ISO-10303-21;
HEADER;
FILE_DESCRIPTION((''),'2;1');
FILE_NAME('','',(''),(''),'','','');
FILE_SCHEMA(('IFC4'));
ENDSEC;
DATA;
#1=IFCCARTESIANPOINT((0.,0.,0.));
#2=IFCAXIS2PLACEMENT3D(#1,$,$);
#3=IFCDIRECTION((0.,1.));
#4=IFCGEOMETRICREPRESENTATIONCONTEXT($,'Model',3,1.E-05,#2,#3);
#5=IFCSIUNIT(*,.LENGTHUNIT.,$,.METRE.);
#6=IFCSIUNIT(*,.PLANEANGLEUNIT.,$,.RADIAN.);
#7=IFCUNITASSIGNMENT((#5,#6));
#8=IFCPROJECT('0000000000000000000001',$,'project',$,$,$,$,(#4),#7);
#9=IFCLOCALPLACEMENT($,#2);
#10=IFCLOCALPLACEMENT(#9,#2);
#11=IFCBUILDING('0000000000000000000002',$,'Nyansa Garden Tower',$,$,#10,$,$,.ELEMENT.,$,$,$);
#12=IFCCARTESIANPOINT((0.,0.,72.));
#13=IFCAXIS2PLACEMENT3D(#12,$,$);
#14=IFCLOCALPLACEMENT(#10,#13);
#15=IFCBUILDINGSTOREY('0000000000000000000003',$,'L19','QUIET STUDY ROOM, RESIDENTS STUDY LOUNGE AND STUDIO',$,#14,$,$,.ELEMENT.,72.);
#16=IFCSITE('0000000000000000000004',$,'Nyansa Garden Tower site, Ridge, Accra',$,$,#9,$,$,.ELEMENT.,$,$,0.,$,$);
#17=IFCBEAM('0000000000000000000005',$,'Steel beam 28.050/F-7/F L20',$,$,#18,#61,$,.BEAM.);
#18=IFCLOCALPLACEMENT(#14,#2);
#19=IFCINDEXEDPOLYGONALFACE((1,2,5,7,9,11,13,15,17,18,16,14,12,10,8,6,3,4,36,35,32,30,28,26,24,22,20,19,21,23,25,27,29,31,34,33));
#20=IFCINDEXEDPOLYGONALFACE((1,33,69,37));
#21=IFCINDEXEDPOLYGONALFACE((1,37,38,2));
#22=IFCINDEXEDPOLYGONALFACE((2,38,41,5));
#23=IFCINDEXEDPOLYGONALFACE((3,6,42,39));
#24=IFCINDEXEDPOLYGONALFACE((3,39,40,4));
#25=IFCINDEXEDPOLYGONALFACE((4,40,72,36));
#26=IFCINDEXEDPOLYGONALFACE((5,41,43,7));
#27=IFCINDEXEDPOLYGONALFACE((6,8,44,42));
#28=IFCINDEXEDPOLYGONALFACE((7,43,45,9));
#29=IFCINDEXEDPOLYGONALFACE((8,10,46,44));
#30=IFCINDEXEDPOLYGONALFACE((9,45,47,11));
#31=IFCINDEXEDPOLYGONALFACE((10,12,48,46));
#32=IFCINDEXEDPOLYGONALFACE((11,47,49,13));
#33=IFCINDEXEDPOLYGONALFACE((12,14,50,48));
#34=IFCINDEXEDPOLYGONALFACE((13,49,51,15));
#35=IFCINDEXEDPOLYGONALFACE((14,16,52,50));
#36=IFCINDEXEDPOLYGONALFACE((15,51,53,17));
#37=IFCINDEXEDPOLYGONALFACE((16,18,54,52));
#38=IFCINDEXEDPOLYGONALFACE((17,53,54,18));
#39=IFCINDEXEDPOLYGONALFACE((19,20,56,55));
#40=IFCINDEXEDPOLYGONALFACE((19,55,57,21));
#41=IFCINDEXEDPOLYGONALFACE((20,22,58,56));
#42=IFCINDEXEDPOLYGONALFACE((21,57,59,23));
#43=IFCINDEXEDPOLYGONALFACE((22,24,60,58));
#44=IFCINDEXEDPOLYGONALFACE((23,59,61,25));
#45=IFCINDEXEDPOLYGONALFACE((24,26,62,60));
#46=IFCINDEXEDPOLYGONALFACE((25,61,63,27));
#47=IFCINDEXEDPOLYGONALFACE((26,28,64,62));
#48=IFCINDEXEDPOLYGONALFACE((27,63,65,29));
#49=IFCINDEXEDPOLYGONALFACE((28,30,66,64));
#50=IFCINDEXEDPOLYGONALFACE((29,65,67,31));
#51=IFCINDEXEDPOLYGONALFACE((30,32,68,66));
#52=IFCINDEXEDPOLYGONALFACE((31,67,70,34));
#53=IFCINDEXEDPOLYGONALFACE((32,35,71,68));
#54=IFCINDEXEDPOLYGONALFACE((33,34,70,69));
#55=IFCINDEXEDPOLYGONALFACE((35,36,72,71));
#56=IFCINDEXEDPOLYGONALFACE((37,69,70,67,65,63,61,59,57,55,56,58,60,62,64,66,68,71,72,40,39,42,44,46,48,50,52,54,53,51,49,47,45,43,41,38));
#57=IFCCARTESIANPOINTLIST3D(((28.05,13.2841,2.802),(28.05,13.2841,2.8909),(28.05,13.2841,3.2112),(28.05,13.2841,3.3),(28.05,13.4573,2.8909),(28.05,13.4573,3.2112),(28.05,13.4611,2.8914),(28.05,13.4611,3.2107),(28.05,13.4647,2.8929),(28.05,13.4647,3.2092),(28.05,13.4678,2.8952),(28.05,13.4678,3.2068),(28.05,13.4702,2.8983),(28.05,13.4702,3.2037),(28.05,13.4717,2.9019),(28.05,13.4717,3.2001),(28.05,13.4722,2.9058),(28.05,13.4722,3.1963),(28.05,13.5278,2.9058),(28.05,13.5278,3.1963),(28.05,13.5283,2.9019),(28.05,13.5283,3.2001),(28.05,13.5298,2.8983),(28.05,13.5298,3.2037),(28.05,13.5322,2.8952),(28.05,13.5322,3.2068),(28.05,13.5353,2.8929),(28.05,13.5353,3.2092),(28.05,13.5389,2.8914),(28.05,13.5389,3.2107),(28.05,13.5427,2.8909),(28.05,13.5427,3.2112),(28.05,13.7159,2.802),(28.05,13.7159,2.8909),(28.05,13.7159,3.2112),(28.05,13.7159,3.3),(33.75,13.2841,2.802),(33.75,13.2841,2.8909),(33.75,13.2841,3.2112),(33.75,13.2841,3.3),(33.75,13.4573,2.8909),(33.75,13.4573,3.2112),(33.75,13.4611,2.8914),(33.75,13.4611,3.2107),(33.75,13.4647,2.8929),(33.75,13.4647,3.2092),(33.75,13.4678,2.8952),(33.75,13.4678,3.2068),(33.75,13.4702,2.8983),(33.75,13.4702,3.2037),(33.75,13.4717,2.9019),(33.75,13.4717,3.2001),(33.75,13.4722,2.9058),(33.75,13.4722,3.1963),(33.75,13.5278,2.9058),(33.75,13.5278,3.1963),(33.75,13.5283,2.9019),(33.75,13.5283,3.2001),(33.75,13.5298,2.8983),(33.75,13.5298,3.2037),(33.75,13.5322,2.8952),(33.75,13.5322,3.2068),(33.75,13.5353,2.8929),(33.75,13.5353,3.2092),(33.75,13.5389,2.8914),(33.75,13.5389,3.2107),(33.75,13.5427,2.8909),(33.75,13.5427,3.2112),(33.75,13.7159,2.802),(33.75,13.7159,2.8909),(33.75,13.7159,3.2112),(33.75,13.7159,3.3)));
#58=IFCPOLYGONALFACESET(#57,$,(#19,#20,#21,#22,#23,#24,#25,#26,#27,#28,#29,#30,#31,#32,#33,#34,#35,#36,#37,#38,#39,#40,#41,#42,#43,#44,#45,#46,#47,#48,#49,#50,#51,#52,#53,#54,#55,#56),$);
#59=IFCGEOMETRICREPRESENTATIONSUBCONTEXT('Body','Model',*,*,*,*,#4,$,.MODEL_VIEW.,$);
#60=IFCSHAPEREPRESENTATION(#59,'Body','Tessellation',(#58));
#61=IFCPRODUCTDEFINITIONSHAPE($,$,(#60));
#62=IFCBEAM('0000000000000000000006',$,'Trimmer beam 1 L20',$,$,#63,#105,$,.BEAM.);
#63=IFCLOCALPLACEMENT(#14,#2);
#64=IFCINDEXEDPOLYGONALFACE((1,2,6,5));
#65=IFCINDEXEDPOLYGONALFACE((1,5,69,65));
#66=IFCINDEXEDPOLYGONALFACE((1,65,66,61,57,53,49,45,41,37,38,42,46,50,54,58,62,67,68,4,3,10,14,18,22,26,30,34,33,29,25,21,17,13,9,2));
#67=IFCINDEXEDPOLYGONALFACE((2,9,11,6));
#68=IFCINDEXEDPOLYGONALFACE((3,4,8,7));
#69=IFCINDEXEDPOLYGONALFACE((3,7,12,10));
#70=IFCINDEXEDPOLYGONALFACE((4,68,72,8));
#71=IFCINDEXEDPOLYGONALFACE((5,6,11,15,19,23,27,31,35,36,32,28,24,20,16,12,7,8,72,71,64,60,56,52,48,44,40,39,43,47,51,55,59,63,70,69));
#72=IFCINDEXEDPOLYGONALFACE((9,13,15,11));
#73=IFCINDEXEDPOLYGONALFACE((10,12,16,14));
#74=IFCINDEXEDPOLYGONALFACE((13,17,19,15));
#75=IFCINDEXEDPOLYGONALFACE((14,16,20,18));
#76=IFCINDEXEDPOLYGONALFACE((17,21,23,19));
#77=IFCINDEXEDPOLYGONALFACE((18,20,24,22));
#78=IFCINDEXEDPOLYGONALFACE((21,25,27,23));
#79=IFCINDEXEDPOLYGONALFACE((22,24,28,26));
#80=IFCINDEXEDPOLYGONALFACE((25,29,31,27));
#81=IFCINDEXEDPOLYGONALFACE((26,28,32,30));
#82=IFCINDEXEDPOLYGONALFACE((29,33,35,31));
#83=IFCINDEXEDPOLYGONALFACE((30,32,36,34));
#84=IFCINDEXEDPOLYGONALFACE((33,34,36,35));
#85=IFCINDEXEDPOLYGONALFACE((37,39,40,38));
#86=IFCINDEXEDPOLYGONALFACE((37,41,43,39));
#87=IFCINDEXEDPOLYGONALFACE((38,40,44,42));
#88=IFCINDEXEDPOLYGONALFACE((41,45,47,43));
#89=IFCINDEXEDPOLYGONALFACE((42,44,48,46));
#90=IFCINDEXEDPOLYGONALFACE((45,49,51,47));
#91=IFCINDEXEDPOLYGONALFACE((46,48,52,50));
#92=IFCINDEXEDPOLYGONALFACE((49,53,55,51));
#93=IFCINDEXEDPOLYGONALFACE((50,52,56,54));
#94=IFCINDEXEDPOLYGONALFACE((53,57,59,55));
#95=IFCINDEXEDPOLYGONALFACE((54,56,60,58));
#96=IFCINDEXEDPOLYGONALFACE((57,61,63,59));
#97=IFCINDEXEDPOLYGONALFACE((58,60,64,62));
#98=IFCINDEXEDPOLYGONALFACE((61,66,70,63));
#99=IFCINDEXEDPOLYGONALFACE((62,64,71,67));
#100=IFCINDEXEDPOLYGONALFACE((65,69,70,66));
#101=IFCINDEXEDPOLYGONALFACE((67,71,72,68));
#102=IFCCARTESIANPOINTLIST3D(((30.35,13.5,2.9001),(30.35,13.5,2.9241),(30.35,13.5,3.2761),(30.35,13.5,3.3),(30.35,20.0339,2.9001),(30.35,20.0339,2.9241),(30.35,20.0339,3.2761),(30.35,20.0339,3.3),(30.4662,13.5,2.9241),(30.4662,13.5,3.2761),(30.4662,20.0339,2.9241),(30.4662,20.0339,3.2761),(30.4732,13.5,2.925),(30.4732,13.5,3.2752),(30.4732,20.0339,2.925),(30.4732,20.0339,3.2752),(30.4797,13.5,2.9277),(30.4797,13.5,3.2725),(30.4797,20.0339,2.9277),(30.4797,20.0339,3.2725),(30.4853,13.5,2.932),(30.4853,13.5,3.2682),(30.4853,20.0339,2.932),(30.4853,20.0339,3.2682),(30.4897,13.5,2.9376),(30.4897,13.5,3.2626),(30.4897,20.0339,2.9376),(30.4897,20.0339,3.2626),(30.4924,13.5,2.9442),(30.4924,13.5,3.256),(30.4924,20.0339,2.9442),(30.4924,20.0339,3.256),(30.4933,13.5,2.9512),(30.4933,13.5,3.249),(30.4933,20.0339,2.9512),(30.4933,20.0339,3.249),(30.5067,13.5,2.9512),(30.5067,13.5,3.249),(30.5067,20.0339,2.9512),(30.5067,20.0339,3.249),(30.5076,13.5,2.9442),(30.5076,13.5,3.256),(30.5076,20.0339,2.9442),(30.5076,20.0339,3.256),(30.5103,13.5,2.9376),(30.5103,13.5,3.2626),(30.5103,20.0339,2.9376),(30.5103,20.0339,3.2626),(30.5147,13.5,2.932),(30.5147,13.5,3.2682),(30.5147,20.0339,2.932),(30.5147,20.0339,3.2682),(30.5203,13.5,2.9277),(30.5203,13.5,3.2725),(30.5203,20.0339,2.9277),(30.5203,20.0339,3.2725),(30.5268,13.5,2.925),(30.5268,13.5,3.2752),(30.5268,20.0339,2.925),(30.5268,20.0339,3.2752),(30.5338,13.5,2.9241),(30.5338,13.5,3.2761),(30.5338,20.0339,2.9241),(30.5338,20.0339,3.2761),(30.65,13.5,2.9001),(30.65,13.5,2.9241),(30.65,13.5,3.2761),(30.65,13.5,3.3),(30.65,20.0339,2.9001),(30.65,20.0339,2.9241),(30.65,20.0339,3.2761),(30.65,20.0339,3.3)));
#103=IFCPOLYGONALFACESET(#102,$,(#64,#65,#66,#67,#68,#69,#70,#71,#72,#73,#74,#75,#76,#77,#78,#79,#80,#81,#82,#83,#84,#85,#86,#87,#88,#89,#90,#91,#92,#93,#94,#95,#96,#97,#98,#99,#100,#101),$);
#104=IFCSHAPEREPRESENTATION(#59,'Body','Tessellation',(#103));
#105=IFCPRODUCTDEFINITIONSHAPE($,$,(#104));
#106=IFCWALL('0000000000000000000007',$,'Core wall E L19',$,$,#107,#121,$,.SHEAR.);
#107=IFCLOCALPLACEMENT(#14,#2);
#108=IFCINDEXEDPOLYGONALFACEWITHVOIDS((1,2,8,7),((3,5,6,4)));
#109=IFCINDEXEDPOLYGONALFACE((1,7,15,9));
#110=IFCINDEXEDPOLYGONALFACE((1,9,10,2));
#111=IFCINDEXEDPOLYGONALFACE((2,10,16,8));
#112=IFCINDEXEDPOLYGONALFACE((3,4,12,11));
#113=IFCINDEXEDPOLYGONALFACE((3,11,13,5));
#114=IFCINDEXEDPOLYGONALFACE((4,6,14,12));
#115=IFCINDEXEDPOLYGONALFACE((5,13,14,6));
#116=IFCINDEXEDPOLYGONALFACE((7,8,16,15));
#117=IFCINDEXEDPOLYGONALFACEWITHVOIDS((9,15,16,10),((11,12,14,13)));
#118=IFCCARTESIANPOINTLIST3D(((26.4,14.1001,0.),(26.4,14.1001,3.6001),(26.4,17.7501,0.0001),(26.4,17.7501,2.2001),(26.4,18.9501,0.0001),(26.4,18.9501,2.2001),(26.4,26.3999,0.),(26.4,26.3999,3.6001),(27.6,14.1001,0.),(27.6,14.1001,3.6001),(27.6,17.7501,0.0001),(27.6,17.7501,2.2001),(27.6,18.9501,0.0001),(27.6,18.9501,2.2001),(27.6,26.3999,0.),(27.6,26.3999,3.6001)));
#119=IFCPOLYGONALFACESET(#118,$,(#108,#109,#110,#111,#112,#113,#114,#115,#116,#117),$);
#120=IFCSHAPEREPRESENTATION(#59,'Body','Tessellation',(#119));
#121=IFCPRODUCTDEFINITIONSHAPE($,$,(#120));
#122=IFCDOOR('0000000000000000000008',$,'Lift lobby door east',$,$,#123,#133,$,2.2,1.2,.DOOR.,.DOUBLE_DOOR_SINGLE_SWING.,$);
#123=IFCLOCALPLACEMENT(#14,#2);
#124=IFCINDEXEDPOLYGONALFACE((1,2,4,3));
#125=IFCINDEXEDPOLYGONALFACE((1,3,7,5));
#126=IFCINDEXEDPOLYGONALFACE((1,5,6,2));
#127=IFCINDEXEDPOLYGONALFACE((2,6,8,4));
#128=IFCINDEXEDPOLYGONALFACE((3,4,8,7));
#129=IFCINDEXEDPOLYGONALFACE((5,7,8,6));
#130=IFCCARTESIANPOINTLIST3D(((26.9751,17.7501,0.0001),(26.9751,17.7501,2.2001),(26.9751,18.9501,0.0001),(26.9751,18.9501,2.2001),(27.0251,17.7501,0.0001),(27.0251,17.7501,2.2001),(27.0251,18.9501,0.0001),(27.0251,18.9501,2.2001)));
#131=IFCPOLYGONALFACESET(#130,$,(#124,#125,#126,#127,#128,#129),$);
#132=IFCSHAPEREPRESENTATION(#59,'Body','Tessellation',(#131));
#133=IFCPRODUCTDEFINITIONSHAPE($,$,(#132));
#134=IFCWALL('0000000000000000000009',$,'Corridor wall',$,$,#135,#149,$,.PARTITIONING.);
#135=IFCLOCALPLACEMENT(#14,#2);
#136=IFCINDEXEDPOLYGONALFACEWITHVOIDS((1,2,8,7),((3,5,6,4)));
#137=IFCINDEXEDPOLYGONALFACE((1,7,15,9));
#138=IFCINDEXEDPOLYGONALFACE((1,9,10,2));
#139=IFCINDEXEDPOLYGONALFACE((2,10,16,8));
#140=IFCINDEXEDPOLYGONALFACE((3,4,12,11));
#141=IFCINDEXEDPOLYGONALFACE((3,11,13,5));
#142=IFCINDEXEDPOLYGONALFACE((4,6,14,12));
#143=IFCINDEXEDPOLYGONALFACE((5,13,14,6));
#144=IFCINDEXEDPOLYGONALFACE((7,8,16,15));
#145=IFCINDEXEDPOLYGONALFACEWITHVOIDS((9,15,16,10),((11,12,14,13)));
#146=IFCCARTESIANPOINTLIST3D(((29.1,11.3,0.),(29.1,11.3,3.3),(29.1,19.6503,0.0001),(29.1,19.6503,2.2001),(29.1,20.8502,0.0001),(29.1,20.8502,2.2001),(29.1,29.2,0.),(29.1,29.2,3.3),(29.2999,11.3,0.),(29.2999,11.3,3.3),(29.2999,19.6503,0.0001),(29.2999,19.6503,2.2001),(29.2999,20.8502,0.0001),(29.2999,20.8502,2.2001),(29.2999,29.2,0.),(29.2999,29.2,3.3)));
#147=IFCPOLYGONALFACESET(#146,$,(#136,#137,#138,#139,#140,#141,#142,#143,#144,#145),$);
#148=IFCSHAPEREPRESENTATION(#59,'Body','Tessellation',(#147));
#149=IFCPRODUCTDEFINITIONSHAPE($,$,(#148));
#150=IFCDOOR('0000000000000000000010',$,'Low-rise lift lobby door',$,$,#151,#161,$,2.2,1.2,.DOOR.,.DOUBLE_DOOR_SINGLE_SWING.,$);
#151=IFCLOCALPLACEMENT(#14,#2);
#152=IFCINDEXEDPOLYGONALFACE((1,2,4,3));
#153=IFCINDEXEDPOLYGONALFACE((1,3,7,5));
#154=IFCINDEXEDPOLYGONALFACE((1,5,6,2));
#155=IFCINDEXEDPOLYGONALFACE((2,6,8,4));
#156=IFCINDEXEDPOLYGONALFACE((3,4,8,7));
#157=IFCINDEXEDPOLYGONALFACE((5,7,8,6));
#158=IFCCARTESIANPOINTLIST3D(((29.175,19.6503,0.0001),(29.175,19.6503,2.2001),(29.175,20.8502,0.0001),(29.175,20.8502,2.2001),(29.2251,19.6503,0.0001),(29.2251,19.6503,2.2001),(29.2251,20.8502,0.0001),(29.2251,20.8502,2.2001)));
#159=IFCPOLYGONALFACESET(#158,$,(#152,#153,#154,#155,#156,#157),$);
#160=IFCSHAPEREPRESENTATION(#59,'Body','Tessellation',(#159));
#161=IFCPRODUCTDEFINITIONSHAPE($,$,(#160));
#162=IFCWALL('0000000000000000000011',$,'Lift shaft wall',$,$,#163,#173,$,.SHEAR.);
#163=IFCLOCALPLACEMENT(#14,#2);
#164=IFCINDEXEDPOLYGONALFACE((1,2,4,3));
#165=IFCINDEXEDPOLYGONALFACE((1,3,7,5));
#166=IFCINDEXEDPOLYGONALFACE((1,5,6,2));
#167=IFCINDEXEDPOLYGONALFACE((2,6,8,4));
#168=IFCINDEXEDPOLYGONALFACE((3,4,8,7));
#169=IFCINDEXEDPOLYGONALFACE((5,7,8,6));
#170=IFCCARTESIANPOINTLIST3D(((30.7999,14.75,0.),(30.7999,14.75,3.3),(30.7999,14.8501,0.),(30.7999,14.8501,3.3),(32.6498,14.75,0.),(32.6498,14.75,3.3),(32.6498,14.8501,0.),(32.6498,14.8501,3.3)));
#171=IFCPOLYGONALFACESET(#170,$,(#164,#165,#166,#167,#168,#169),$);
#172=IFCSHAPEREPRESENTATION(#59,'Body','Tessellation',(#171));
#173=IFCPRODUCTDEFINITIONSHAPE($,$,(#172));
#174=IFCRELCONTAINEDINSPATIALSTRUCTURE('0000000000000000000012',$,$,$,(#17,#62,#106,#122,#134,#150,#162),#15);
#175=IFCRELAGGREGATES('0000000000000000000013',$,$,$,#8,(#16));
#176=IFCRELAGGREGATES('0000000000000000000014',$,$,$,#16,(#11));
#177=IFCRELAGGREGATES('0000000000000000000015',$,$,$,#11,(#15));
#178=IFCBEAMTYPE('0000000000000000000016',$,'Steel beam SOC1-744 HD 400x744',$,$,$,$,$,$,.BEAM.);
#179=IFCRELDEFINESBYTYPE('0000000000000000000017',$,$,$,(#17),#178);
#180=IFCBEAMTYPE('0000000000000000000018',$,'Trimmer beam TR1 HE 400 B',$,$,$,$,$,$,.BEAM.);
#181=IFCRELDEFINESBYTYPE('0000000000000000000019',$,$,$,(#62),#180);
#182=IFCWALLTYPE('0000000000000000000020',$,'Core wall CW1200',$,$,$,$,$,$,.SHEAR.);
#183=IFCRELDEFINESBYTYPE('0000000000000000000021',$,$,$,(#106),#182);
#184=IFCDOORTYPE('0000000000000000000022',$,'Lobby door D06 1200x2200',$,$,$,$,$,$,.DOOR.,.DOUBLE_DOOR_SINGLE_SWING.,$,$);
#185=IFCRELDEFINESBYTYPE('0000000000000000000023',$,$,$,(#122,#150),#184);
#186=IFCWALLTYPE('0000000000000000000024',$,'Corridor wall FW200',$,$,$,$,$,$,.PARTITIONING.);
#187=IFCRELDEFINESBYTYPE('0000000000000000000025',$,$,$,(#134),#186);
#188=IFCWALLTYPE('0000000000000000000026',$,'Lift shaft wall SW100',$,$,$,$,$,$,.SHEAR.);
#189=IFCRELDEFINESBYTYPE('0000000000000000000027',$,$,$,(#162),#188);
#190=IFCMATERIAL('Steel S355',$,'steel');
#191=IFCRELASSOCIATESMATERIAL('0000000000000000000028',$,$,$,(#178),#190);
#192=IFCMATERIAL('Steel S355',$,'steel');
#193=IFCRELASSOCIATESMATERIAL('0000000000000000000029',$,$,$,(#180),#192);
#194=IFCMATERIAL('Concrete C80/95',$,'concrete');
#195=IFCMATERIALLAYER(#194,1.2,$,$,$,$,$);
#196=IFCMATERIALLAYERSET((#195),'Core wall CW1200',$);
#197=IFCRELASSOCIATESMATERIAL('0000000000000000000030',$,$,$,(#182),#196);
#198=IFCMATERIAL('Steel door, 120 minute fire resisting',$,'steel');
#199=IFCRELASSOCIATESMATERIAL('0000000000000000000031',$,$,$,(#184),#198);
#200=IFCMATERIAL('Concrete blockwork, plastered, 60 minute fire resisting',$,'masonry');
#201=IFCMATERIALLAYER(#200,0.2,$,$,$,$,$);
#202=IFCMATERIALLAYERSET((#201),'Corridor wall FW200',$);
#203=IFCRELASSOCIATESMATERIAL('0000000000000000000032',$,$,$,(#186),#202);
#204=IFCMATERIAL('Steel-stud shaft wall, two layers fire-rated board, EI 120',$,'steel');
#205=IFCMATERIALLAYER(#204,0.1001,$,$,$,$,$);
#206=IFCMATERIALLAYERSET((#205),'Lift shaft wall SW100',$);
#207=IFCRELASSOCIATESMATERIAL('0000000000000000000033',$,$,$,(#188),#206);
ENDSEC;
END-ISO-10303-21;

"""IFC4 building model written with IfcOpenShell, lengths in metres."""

from ifc_helpers import new_model, si_unit, direction, frame, frame_2d, origin, origin_2d, place, context, subcontext, project, spatial, rectangle, i_section, extrude, material, layer, layer_set, material_profile, profile_set, type_object, element, fill, save


model = new_model("IFC4")

# Units and contexts
model_context = context("Model", 3, precision=1e-05, world=origin(), true_north=direction((0.0, 1.0)))
body_context = subcontext(model_context, "Body", "Model", "MODEL_VIEW")
ifc_project = project(units=[si_unit("LENGTHUNIT", "METRE"), si_unit("PLANEANGLEUNIT", "RADIAN")], contexts=[model_context])

# Site, building, storey
site_placement = place(None, origin())
site = spatial("IfcSite", under=ifc_project, at=site_placement, Name="Nyansa Garden Tower site, Ridge, Accra", CompositionType="ELEMENT", RefElevation=0.0)
building_placement = place(site_placement, origin())
building = spatial("IfcBuilding", under=site, at=building_placement, Name="Nyansa Garden Tower", CompositionType="ELEMENT")
storey_placement = place(building_placement, frame((0.0, 0.0, 72.0)))
storey = spatial("IfcBuildingStorey", under=building, at=storey_placement, Name="L19", Description="QUIET STUDY ROOM, RESIDENTS STUDY LOUNGE AND STUDIO", CompositionType="ELEMENT", Elevation=72.0)

# Beams
ifc_material_1 = material(Name="Steel S355", Category="steel")
ifc_material_profile_1 = material_profile(ifc_material_1, i_section(OverallWidth=0.4319, OverallDepth=0.498, WebThickness=0.0557, FlangeThickness=0.0889, FilletRadius=0.0149, at=origin_2d()), Name="HD 400x744")
ifc_profile_set_1 = profile_set([ifc_material_profile_1], Name="Steel S355")
beam_type_1 = type_object("IfcBeamType", Name="Steel beam SOC1-744 HD 400x744", PredefinedType="BEAM", material=ifc_profile_set_1)
beam_1_placement = place(storey_placement, frame((28.05, 13.5, 3.051), z_axis=(1.0, 0.0, 0.0), x_axis=(0.0, 1.0, 0.0)))
element("IfcBeam", 1, at=beam_1_placement, inside=storey, type_object=beam_type_1, Name="Steel beam 28.050/F-7/F L20", PredefinedType="BEAM", context=body_context, shape_type="SweptSolid", body=[
    extrude(i_section(OverallWidth=0.4319, OverallDepth=0.498, WebThickness=0.0557, FlangeThickness=0.0889, FilletRadius=0.0149, at=origin_2d()), origin(), (0.0, 0.0, 1.0), 5.7),
])
ifc_material_2 = material(Name="Steel S355", Category="steel")
ifc_material_profile_2 = material_profile(ifc_material_2, i_section(OverallWidth=0.3, OverallDepth=0.3999, WebThickness=0.0134, FlangeThickness=0.0239, FilletRadius=0.0271, at=origin_2d()), Name="HE 400 B")
ifc_profile_set_2 = profile_set([ifc_material_profile_2], Name="Steel S355")
beam_type_2 = type_object("IfcBeamType", Name="Trimmer beam TR1 HE 400 B", PredefinedType="BEAM", material=ifc_profile_set_2)
beam_2_placement = place(storey_placement, frame((30.5, 13.5, 3.1001), z_axis=(0.0, 1.0, 0.0), x_axis=(-1.0, 0.0, 0.0)))
element("IfcBeam", 2, at=beam_2_placement, inside=storey, type_object=beam_type_2, Name="Trimmer beam 1 L20", PredefinedType="BEAM", context=body_context, shape_type="SweptSolid", body=[
    extrude(i_section(OverallWidth=0.3, OverallDepth=0.3999, WebThickness=0.0134, FlangeThickness=0.0239, FilletRadius=0.0271, at=origin_2d()), origin(), (0.0, 0.0, 1.0), 6.5339),
])

# Walls, openings, doors
ifc_material_3 = material(Name="Concrete C80/95", Category="concrete")
ifc_layer_1 = layer(ifc_material_3, 1.2)
ifc_layer_set_1 = layer_set([ifc_layer_1], Name="Core wall CW1200")
wall_type_1 = type_object("IfcWallType", Name="Core wall CW1200", PredefinedType="SHEAR", material=ifc_layer_set_1)
wall_1_placement = place(storey_placement, frame((27.0, 14.1001, 0.0), z_axis=(0.0, 0.0, 1.0), x_axis=(0.0, 1.0, 0.0)))
wall_1 = element("IfcWall", 3, at=wall_1_placement, inside=storey, type_object=wall_type_1, Name="Core wall E L19", PredefinedType="SHEAR", context=body_context, shape_type="SweptSolid", body=[
    extrude(rectangle(XDim=12.2998, YDim=1.2, at=frame_2d((6.1499, 0.0))), origin(), (0.0, 0.0, 1.0), 3.6001),
])
opening_1_placement = place(wall_1_placement, frame((3.6499, 0.0, 0.0)))
opening_1 = element("IfcOpeningElement", 4, at=opening_1_placement, cuts=wall_1, PredefinedType="OPENING", context=body_context, shape_type="SweptSolid", body=[
    extrude(rectangle(XDim=1.2, YDim=2.2, at=frame_2d((0.6001, 1.1001))), frame((0.0, 0.6099, 0.0), z_axis=(0.0, -1.0, 0.0), x_axis=(1.0, 0.0, 0.0)), (0.0, 0.0, 1.0), 1.22),
])
ifc_material_4 = material(Name="Steel door, 120 minute fire resisting", Category="steel")
door_type_1 = type_object("IfcDoorType", Name="Lobby door D06 1200x2200", OperationType="DOUBLE_DOOR_SINGLE_SWING", PredefinedType="DOOR", material=ifc_material_4)
door_1_placement = place(opening_1_placement, origin())
door_1 = element("IfcDoor", 5, at=door_1_placement, inside=storey, type_object=door_type_1, Name="Lift lobby door east", OperationType="DOUBLE_DOOR_SINGLE_SWING", OverallHeight=2.2, OverallWidth=1.2, PredefinedType="DOOR", context=body_context, shape_type="SweptSolid", body=[
    extrude(rectangle(XDim=1.2, YDim=2.2, at=frame_2d((0.6001, 1.1001))), frame((0.0, 0.0249, 0.0), z_axis=(0.0, -1.0, 0.0), x_axis=(1.0, 0.0, 0.0)), (0.0, 0.0, 1.0), 0.05),
])
fill(opening_1, door_1)
ifc_material_5 = material(Name="Concrete blockwork, plastered, 60 minute fire resisting", Category="masonry")
ifc_layer_2 = layer(ifc_material_5, 0.2)
ifc_layer_set_2 = layer_set([ifc_layer_2], Name="Corridor wall FW200")
wall_type_2 = type_object("IfcWallType", Name="Corridor wall FW200", PredefinedType="PARTITIONING", material=ifc_layer_set_2)
wall_2_placement = place(storey_placement, frame((29.2, 11.3, 0.0), z_axis=(0.0, 0.0, 1.0), x_axis=(0.0, 1.0, 0.0)))
wall_2 = element("IfcWall", 6, at=wall_2_placement, inside=storey, type_object=wall_type_2, Name="Corridor wall", PredefinedType="PARTITIONING", context=body_context, shape_type="SweptSolid", body=[
    extrude(rectangle(XDim=17.8999, YDim=0.2, at=frame_2d((8.95, 0.0))), origin(), (0.0, 0.0, 1.0), 3.3),
])
opening_2_placement = place(wall_2_placement, frame((8.3501, 0.0, 0.0)))
opening_2 = element("IfcOpeningElement", 7, at=opening_2_placement, cuts=wall_2, PredefinedType="OPENING", context=body_context, shape_type="SweptSolid", body=[
    extrude(rectangle(XDim=1.2, YDim=2.2, at=frame_2d((0.6001, 1.1001))), frame((0.0, 0.1099, 0.0), z_axis=(0.0, -1.0, 0.0), x_axis=(1.0, 0.0, 0.0)), (0.0, 0.0, 1.0), 0.22),
])
door_2_placement = place(opening_2_placement, origin())
door_2 = element("IfcDoor", 8, at=door_2_placement, inside=storey, type_object=door_type_1, Name="Low-rise lift lobby door", OperationType="DOUBLE_DOOR_SINGLE_SWING", OverallHeight=2.2, OverallWidth=1.2, PredefinedType="DOOR", context=body_context, shape_type="SweptSolid", body=[
    extrude(rectangle(XDim=1.2, YDim=2.2, at=frame_2d((0.6001, 1.1001))), frame((0.0, 0.0249, 0.0), z_axis=(0.0, -1.0, 0.0), x_axis=(1.0, 0.0, 0.0)), (0.0, 0.0, 1.0), 0.05),
])
fill(opening_2, door_2)

# Wall
ifc_material_6 = material(Name="Steel-stud shaft wall, two layers fire-rated board, EI 120", Category="steel")
ifc_layer_3 = layer(ifc_material_6, 0.1001)
ifc_layer_set_3 = layer_set([ifc_layer_3], Name="Lift shaft wall SW100")
wall_type_3 = type_object("IfcWallType", Name="Lift shaft wall SW100", PredefinedType="SHEAR", material=ifc_layer_set_3)
wall_3_placement = place(storey_placement, frame((30.8, 14.8, 0.0), z_axis=(0.0, 0.0, 1.0), x_axis=(1.0, 0.0, 0.0)))
element("IfcWall", 9, at=wall_3_placement, inside=storey, type_object=wall_type_3, Name="Lift shaft wall", PredefinedType="SHEAR", context=body_context, shape_type="SweptSolid", body=[
    extrude(rectangle(XDim=1.8499, YDim=0.1001, at=frame_2d((0.9248, 0.0))), origin(), (0.0, 0.0, 1.0), 3.3),
])

save(model, "model.ifc")
